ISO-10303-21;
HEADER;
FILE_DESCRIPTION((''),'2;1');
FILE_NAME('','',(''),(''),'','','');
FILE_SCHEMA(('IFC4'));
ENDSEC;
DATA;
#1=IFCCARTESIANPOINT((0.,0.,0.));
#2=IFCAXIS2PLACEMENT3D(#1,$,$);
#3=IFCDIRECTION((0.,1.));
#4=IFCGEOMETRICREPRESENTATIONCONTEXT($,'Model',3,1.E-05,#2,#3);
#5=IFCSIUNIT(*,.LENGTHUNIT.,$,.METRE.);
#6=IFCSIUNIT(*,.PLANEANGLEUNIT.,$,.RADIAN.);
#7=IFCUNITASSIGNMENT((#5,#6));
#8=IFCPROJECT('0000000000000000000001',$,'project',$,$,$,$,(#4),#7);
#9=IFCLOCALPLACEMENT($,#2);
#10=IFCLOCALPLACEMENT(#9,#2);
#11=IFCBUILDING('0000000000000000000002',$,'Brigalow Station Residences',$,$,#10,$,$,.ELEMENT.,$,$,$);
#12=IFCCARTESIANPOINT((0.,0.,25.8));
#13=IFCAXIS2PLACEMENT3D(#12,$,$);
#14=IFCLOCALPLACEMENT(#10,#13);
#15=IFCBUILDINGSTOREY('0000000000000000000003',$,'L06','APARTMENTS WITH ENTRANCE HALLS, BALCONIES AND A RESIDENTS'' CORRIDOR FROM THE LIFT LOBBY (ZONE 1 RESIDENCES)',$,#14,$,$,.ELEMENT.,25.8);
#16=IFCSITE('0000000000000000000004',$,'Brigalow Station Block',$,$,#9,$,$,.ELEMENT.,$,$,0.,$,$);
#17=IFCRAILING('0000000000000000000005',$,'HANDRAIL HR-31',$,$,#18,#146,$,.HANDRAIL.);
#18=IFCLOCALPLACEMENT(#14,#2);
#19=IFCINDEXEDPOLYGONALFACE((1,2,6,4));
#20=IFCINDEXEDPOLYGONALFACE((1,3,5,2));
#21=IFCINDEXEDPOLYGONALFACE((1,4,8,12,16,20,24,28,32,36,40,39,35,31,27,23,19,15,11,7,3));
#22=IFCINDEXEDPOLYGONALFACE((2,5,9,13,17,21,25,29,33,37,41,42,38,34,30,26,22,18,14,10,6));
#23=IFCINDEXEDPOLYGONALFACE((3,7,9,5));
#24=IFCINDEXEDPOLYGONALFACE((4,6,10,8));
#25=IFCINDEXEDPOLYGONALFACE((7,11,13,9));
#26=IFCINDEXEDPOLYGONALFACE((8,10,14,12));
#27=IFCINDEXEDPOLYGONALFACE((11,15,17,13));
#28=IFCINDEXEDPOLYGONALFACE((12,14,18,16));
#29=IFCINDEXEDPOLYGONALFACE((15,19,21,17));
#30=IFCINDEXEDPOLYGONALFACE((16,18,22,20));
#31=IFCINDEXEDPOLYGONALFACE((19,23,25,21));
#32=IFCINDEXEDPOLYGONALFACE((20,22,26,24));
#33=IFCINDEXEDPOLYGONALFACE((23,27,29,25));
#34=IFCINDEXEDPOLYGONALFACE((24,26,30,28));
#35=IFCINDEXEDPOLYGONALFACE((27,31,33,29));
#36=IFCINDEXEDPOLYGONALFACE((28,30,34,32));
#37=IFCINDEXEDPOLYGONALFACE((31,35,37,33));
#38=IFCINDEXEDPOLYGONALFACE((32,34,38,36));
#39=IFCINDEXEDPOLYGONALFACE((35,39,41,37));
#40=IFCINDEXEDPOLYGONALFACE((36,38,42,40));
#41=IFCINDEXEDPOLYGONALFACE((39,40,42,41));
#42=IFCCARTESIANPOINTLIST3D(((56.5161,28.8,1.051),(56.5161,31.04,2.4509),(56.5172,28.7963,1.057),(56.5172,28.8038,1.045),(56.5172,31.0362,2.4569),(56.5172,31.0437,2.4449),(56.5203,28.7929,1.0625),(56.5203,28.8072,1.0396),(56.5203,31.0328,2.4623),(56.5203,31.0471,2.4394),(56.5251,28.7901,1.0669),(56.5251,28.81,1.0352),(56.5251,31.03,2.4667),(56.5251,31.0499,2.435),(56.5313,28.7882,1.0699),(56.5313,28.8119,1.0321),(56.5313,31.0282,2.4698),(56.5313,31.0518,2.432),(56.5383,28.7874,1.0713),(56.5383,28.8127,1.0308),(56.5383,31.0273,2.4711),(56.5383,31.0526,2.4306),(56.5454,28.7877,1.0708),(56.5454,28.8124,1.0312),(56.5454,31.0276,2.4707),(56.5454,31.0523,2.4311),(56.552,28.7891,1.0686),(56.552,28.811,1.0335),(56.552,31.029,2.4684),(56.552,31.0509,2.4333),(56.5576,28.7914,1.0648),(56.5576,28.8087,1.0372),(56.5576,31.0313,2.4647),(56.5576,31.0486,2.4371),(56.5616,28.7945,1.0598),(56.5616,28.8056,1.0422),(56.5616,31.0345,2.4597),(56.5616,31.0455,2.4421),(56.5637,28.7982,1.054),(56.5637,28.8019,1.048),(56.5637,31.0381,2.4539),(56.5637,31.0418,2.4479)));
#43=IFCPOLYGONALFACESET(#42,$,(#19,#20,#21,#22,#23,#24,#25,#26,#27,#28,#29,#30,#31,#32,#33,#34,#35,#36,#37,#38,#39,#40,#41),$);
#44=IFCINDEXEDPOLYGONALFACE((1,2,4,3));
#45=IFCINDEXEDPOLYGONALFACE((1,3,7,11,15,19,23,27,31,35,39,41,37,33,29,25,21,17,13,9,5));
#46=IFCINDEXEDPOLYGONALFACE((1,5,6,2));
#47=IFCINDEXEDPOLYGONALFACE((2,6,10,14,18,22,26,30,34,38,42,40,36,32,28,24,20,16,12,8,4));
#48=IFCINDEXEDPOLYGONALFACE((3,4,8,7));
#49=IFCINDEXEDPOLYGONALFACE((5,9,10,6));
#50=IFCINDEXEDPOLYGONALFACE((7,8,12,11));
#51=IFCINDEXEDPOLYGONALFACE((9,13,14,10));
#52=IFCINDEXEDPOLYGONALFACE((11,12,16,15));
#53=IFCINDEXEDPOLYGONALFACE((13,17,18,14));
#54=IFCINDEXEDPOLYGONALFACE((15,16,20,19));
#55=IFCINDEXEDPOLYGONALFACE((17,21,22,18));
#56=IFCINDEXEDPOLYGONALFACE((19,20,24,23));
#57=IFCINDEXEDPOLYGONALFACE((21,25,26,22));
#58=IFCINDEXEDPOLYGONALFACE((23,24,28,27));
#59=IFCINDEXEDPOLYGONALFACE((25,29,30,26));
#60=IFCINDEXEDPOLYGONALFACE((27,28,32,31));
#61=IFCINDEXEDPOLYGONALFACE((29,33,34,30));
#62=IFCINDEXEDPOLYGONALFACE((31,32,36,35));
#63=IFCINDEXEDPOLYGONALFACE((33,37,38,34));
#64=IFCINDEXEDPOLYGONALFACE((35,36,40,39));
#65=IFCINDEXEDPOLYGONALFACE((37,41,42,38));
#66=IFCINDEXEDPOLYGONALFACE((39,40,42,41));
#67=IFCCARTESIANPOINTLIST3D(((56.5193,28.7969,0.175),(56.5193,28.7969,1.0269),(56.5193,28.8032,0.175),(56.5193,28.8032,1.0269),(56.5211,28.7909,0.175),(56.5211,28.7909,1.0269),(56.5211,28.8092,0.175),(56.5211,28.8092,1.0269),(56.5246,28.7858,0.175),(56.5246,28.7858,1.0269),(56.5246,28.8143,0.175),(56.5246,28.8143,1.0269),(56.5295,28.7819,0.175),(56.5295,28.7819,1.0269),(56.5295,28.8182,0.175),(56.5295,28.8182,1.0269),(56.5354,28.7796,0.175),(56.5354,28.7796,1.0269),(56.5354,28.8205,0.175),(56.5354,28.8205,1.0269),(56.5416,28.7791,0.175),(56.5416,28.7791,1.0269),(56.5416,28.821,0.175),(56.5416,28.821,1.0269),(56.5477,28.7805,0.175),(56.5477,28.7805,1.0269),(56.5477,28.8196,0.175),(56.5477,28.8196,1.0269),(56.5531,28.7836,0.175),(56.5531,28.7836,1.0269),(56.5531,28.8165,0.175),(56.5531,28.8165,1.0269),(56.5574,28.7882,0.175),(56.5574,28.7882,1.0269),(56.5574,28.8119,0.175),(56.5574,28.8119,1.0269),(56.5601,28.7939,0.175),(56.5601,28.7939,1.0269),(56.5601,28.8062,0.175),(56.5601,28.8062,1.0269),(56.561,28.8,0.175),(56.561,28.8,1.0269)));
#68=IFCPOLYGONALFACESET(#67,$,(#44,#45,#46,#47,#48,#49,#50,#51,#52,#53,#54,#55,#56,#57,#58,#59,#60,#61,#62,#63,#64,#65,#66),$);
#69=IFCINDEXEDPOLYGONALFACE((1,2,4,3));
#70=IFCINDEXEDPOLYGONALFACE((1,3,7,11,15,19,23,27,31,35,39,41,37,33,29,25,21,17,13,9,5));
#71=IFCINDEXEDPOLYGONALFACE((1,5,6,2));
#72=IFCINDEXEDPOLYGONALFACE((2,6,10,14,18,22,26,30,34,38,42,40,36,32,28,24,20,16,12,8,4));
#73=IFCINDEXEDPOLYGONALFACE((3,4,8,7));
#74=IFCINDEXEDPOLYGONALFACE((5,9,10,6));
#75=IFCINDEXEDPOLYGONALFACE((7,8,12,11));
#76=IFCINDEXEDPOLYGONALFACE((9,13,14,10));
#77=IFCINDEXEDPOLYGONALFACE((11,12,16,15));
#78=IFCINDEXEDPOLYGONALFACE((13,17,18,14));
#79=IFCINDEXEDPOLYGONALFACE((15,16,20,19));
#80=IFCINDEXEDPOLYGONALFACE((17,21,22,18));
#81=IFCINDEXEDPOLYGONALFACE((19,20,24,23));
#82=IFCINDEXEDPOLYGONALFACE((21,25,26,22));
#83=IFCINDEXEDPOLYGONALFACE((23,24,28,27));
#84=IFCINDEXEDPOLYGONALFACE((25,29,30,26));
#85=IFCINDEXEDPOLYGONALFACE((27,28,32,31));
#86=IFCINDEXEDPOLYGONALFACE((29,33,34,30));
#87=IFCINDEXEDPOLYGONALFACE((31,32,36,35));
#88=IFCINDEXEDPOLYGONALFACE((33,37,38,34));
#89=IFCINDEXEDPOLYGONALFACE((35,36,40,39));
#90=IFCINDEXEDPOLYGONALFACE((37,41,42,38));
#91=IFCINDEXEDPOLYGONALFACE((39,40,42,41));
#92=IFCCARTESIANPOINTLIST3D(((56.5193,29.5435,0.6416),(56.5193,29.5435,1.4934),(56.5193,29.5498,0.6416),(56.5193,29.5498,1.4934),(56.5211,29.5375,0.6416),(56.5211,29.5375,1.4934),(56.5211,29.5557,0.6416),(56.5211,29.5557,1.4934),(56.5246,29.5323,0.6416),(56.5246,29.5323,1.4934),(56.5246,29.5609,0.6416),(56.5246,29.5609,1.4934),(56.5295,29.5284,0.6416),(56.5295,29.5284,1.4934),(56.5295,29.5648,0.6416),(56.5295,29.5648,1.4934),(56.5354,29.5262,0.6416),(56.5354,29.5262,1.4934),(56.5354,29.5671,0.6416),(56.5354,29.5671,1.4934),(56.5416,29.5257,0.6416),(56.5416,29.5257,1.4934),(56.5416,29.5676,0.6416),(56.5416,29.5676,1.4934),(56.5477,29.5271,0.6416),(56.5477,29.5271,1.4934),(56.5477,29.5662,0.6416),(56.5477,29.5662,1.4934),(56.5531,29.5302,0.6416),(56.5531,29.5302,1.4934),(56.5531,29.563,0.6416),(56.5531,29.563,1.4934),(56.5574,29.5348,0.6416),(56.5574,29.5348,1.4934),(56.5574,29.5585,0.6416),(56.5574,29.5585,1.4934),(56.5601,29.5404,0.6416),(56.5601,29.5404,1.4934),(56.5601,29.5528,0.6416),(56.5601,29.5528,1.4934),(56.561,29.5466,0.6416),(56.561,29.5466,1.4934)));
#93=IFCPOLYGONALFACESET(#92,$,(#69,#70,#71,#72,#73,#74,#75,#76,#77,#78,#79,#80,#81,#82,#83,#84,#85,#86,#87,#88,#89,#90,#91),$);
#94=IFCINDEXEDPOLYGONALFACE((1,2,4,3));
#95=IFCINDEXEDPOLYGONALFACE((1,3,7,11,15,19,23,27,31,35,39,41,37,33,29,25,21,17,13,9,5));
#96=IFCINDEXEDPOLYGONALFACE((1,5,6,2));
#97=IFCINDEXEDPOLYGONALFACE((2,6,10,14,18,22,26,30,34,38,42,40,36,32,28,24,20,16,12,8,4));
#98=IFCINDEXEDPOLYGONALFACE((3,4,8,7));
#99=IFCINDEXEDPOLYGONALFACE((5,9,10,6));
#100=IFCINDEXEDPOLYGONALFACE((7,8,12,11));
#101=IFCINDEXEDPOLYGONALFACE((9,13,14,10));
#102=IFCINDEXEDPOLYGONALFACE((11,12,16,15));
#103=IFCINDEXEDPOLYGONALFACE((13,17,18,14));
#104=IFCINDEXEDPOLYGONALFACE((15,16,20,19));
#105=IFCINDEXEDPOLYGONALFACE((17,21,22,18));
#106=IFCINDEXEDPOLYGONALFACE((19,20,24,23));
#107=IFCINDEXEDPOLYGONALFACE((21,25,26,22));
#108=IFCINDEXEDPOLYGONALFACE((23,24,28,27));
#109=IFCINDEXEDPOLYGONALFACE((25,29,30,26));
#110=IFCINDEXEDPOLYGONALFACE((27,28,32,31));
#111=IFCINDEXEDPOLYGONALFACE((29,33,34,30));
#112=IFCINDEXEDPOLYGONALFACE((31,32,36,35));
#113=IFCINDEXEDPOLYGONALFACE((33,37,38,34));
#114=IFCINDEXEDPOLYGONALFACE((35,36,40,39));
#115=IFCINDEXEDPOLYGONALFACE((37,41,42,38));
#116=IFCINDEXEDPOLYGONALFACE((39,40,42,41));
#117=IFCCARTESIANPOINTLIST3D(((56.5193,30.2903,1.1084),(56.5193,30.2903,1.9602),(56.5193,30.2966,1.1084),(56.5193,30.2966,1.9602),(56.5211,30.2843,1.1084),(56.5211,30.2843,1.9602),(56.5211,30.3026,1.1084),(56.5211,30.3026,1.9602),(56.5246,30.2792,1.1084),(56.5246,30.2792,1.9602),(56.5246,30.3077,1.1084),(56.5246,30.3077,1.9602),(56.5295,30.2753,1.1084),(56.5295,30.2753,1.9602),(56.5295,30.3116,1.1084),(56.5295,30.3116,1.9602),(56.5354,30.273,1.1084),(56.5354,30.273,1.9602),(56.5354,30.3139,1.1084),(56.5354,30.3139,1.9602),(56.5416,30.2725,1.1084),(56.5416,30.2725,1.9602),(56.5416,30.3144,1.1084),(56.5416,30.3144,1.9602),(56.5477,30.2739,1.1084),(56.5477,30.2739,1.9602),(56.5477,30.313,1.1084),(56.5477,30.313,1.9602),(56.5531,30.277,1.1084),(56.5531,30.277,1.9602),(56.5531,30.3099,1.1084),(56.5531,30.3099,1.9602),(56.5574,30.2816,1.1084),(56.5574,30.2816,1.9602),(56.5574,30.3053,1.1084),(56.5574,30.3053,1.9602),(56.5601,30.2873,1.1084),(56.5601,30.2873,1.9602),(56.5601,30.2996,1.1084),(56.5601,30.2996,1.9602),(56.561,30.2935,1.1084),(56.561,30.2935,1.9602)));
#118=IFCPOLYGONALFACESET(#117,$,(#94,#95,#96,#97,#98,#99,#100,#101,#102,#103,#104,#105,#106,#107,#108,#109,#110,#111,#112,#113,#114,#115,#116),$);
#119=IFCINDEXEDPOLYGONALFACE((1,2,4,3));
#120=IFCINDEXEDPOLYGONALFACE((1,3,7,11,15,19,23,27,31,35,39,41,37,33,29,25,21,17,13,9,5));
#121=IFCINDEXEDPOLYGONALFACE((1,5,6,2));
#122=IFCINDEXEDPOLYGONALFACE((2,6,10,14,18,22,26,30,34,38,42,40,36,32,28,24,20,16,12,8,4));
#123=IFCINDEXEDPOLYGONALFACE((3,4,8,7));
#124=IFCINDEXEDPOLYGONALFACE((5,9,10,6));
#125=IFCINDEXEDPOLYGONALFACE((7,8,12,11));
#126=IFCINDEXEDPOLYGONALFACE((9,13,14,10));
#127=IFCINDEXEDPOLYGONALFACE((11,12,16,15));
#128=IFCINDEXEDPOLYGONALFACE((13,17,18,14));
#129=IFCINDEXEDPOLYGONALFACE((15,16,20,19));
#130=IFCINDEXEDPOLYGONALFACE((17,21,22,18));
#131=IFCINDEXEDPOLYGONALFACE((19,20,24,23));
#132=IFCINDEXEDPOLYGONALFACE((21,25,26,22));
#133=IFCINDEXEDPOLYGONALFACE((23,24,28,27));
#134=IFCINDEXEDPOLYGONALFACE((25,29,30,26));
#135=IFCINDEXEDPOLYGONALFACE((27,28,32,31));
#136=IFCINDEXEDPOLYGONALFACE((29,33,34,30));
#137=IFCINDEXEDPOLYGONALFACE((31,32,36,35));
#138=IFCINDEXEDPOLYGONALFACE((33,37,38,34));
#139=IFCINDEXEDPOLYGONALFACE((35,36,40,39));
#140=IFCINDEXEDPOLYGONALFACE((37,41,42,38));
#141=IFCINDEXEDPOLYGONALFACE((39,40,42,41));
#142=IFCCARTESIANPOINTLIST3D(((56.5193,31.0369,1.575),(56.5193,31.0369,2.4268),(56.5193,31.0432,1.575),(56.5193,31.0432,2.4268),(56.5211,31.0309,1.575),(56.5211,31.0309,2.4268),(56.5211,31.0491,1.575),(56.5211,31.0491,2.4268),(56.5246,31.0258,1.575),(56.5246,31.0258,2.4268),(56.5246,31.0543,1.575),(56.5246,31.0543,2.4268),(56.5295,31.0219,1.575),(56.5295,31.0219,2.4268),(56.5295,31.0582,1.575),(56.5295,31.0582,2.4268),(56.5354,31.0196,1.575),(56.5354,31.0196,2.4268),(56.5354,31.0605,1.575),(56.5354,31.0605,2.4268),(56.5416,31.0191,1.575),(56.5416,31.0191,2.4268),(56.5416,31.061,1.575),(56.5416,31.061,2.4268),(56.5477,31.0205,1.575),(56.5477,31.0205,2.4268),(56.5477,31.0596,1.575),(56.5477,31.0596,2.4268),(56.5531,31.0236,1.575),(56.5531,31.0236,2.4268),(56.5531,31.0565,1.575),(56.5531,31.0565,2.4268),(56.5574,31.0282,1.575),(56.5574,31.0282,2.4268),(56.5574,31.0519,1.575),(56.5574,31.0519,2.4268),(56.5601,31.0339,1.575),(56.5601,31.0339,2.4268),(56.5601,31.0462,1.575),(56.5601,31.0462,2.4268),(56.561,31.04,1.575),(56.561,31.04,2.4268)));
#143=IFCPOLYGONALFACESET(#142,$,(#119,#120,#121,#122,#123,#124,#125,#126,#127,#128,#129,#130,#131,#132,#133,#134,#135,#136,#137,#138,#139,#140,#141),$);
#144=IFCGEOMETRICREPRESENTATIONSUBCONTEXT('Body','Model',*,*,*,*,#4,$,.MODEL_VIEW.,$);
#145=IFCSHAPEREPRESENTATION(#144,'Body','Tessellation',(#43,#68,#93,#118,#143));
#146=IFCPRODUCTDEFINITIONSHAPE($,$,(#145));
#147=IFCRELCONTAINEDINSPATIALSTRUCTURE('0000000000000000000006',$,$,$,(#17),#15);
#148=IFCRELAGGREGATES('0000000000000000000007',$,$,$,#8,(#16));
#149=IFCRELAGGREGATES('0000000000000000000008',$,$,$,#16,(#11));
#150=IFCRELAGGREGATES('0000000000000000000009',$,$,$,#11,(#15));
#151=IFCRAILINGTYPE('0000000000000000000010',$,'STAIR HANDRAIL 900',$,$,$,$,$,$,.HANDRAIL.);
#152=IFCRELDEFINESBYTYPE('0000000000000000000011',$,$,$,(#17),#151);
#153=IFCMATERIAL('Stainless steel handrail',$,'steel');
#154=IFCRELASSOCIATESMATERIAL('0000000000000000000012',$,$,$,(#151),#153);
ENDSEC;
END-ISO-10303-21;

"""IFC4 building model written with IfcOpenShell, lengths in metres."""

from ifc_helpers import new_model, si_unit, direction, frame, origin, origin_2d, place, context, subcontext, project, spatial, circle, extrude, material, type_object, element, save


model = new_model("IFC4")

# Units and contexts
model_context = context("Model", 3, precision=1e-05, world=origin(), true_north=direction((0.0, 1.0)))
body_context = subcontext(model_context, "Body", "Model", "MODEL_VIEW")
ifc_project = project(units=[si_unit("LENGTHUNIT", "METRE"), si_unit("PLANEANGLEUNIT", "RADIAN")], contexts=[model_context])

# Site, building, storey
site_placement = place(None, origin())
site = spatial("IfcSite", under=ifc_project, at=site_placement, Name="Brigalow Station Block", CompositionType="ELEMENT", RefElevation=0.0)
building_placement = place(site_placement, origin())
building = spatial("IfcBuilding", under=site, at=building_placement, Name="Brigalow Station Residences", CompositionType="ELEMENT")
storey_placement = place(building_placement, frame((0.0, 0.0, 25.8)))
storey = spatial("IfcBuildingStorey", under=building, at=storey_placement, Name="L06", Description="APARTMENTS WITH ENTRANCE HALLS, BALCONIES AND A RESIDENTS' CORRIDOR FROM THE LIFT LOBBY (ZONE 1 RESIDENCES)", CompositionType="ELEMENT", Elevation=25.8)

# Railing
ifc_material_1 = material(Name="Stainless steel handrail", Category="steel")
railing_type = type_object("IfcRailingType", Name="STAIR HANDRAIL 900", PredefinedType="HANDRAIL", material=ifc_material_1)
railing_placement = place(storey_placement, frame((56.54, 28.8, 0.175)))
element("IfcRailing", 1, at=railing_placement, inside=storey, type_object=railing_type, Name="HANDRAIL HR-31", PredefinedType="HANDRAIL", context=body_context, shape_type="SweptSolid", body=[
    extrude(circle(Radius=0.0239, at=origin_2d()), frame((0.0, 0.0, 0.876), z_axis=(0.0, 0.848014, 0.529974), x_axis=(-1.0, 0.0, 0.0)), (0.0, 0.0, 1.0), 2.6414),
    extrude(circle(Radius=0.021, at=origin_2d()), origin(), (0.0, 0.0, 1.0), 0.8518),
    extrude(circle(Radius=0.021, at=origin_2d()), frame((0.0, 0.7466, 0.4666)), (0.0, 0.0, 1.0), 0.8518),
    extrude(circle(Radius=0.021, at=origin_2d()), frame((0.0, 1.4934, 0.9333)), (0.0, 0.0, 1.0), 0.8518),
    extrude(circle(Radius=0.021, at=origin_2d()), frame((0.0, 2.24, 1.3999)), (0.0, 0.0, 1.0), 0.8518),
])

save(model, "model.ifc")
